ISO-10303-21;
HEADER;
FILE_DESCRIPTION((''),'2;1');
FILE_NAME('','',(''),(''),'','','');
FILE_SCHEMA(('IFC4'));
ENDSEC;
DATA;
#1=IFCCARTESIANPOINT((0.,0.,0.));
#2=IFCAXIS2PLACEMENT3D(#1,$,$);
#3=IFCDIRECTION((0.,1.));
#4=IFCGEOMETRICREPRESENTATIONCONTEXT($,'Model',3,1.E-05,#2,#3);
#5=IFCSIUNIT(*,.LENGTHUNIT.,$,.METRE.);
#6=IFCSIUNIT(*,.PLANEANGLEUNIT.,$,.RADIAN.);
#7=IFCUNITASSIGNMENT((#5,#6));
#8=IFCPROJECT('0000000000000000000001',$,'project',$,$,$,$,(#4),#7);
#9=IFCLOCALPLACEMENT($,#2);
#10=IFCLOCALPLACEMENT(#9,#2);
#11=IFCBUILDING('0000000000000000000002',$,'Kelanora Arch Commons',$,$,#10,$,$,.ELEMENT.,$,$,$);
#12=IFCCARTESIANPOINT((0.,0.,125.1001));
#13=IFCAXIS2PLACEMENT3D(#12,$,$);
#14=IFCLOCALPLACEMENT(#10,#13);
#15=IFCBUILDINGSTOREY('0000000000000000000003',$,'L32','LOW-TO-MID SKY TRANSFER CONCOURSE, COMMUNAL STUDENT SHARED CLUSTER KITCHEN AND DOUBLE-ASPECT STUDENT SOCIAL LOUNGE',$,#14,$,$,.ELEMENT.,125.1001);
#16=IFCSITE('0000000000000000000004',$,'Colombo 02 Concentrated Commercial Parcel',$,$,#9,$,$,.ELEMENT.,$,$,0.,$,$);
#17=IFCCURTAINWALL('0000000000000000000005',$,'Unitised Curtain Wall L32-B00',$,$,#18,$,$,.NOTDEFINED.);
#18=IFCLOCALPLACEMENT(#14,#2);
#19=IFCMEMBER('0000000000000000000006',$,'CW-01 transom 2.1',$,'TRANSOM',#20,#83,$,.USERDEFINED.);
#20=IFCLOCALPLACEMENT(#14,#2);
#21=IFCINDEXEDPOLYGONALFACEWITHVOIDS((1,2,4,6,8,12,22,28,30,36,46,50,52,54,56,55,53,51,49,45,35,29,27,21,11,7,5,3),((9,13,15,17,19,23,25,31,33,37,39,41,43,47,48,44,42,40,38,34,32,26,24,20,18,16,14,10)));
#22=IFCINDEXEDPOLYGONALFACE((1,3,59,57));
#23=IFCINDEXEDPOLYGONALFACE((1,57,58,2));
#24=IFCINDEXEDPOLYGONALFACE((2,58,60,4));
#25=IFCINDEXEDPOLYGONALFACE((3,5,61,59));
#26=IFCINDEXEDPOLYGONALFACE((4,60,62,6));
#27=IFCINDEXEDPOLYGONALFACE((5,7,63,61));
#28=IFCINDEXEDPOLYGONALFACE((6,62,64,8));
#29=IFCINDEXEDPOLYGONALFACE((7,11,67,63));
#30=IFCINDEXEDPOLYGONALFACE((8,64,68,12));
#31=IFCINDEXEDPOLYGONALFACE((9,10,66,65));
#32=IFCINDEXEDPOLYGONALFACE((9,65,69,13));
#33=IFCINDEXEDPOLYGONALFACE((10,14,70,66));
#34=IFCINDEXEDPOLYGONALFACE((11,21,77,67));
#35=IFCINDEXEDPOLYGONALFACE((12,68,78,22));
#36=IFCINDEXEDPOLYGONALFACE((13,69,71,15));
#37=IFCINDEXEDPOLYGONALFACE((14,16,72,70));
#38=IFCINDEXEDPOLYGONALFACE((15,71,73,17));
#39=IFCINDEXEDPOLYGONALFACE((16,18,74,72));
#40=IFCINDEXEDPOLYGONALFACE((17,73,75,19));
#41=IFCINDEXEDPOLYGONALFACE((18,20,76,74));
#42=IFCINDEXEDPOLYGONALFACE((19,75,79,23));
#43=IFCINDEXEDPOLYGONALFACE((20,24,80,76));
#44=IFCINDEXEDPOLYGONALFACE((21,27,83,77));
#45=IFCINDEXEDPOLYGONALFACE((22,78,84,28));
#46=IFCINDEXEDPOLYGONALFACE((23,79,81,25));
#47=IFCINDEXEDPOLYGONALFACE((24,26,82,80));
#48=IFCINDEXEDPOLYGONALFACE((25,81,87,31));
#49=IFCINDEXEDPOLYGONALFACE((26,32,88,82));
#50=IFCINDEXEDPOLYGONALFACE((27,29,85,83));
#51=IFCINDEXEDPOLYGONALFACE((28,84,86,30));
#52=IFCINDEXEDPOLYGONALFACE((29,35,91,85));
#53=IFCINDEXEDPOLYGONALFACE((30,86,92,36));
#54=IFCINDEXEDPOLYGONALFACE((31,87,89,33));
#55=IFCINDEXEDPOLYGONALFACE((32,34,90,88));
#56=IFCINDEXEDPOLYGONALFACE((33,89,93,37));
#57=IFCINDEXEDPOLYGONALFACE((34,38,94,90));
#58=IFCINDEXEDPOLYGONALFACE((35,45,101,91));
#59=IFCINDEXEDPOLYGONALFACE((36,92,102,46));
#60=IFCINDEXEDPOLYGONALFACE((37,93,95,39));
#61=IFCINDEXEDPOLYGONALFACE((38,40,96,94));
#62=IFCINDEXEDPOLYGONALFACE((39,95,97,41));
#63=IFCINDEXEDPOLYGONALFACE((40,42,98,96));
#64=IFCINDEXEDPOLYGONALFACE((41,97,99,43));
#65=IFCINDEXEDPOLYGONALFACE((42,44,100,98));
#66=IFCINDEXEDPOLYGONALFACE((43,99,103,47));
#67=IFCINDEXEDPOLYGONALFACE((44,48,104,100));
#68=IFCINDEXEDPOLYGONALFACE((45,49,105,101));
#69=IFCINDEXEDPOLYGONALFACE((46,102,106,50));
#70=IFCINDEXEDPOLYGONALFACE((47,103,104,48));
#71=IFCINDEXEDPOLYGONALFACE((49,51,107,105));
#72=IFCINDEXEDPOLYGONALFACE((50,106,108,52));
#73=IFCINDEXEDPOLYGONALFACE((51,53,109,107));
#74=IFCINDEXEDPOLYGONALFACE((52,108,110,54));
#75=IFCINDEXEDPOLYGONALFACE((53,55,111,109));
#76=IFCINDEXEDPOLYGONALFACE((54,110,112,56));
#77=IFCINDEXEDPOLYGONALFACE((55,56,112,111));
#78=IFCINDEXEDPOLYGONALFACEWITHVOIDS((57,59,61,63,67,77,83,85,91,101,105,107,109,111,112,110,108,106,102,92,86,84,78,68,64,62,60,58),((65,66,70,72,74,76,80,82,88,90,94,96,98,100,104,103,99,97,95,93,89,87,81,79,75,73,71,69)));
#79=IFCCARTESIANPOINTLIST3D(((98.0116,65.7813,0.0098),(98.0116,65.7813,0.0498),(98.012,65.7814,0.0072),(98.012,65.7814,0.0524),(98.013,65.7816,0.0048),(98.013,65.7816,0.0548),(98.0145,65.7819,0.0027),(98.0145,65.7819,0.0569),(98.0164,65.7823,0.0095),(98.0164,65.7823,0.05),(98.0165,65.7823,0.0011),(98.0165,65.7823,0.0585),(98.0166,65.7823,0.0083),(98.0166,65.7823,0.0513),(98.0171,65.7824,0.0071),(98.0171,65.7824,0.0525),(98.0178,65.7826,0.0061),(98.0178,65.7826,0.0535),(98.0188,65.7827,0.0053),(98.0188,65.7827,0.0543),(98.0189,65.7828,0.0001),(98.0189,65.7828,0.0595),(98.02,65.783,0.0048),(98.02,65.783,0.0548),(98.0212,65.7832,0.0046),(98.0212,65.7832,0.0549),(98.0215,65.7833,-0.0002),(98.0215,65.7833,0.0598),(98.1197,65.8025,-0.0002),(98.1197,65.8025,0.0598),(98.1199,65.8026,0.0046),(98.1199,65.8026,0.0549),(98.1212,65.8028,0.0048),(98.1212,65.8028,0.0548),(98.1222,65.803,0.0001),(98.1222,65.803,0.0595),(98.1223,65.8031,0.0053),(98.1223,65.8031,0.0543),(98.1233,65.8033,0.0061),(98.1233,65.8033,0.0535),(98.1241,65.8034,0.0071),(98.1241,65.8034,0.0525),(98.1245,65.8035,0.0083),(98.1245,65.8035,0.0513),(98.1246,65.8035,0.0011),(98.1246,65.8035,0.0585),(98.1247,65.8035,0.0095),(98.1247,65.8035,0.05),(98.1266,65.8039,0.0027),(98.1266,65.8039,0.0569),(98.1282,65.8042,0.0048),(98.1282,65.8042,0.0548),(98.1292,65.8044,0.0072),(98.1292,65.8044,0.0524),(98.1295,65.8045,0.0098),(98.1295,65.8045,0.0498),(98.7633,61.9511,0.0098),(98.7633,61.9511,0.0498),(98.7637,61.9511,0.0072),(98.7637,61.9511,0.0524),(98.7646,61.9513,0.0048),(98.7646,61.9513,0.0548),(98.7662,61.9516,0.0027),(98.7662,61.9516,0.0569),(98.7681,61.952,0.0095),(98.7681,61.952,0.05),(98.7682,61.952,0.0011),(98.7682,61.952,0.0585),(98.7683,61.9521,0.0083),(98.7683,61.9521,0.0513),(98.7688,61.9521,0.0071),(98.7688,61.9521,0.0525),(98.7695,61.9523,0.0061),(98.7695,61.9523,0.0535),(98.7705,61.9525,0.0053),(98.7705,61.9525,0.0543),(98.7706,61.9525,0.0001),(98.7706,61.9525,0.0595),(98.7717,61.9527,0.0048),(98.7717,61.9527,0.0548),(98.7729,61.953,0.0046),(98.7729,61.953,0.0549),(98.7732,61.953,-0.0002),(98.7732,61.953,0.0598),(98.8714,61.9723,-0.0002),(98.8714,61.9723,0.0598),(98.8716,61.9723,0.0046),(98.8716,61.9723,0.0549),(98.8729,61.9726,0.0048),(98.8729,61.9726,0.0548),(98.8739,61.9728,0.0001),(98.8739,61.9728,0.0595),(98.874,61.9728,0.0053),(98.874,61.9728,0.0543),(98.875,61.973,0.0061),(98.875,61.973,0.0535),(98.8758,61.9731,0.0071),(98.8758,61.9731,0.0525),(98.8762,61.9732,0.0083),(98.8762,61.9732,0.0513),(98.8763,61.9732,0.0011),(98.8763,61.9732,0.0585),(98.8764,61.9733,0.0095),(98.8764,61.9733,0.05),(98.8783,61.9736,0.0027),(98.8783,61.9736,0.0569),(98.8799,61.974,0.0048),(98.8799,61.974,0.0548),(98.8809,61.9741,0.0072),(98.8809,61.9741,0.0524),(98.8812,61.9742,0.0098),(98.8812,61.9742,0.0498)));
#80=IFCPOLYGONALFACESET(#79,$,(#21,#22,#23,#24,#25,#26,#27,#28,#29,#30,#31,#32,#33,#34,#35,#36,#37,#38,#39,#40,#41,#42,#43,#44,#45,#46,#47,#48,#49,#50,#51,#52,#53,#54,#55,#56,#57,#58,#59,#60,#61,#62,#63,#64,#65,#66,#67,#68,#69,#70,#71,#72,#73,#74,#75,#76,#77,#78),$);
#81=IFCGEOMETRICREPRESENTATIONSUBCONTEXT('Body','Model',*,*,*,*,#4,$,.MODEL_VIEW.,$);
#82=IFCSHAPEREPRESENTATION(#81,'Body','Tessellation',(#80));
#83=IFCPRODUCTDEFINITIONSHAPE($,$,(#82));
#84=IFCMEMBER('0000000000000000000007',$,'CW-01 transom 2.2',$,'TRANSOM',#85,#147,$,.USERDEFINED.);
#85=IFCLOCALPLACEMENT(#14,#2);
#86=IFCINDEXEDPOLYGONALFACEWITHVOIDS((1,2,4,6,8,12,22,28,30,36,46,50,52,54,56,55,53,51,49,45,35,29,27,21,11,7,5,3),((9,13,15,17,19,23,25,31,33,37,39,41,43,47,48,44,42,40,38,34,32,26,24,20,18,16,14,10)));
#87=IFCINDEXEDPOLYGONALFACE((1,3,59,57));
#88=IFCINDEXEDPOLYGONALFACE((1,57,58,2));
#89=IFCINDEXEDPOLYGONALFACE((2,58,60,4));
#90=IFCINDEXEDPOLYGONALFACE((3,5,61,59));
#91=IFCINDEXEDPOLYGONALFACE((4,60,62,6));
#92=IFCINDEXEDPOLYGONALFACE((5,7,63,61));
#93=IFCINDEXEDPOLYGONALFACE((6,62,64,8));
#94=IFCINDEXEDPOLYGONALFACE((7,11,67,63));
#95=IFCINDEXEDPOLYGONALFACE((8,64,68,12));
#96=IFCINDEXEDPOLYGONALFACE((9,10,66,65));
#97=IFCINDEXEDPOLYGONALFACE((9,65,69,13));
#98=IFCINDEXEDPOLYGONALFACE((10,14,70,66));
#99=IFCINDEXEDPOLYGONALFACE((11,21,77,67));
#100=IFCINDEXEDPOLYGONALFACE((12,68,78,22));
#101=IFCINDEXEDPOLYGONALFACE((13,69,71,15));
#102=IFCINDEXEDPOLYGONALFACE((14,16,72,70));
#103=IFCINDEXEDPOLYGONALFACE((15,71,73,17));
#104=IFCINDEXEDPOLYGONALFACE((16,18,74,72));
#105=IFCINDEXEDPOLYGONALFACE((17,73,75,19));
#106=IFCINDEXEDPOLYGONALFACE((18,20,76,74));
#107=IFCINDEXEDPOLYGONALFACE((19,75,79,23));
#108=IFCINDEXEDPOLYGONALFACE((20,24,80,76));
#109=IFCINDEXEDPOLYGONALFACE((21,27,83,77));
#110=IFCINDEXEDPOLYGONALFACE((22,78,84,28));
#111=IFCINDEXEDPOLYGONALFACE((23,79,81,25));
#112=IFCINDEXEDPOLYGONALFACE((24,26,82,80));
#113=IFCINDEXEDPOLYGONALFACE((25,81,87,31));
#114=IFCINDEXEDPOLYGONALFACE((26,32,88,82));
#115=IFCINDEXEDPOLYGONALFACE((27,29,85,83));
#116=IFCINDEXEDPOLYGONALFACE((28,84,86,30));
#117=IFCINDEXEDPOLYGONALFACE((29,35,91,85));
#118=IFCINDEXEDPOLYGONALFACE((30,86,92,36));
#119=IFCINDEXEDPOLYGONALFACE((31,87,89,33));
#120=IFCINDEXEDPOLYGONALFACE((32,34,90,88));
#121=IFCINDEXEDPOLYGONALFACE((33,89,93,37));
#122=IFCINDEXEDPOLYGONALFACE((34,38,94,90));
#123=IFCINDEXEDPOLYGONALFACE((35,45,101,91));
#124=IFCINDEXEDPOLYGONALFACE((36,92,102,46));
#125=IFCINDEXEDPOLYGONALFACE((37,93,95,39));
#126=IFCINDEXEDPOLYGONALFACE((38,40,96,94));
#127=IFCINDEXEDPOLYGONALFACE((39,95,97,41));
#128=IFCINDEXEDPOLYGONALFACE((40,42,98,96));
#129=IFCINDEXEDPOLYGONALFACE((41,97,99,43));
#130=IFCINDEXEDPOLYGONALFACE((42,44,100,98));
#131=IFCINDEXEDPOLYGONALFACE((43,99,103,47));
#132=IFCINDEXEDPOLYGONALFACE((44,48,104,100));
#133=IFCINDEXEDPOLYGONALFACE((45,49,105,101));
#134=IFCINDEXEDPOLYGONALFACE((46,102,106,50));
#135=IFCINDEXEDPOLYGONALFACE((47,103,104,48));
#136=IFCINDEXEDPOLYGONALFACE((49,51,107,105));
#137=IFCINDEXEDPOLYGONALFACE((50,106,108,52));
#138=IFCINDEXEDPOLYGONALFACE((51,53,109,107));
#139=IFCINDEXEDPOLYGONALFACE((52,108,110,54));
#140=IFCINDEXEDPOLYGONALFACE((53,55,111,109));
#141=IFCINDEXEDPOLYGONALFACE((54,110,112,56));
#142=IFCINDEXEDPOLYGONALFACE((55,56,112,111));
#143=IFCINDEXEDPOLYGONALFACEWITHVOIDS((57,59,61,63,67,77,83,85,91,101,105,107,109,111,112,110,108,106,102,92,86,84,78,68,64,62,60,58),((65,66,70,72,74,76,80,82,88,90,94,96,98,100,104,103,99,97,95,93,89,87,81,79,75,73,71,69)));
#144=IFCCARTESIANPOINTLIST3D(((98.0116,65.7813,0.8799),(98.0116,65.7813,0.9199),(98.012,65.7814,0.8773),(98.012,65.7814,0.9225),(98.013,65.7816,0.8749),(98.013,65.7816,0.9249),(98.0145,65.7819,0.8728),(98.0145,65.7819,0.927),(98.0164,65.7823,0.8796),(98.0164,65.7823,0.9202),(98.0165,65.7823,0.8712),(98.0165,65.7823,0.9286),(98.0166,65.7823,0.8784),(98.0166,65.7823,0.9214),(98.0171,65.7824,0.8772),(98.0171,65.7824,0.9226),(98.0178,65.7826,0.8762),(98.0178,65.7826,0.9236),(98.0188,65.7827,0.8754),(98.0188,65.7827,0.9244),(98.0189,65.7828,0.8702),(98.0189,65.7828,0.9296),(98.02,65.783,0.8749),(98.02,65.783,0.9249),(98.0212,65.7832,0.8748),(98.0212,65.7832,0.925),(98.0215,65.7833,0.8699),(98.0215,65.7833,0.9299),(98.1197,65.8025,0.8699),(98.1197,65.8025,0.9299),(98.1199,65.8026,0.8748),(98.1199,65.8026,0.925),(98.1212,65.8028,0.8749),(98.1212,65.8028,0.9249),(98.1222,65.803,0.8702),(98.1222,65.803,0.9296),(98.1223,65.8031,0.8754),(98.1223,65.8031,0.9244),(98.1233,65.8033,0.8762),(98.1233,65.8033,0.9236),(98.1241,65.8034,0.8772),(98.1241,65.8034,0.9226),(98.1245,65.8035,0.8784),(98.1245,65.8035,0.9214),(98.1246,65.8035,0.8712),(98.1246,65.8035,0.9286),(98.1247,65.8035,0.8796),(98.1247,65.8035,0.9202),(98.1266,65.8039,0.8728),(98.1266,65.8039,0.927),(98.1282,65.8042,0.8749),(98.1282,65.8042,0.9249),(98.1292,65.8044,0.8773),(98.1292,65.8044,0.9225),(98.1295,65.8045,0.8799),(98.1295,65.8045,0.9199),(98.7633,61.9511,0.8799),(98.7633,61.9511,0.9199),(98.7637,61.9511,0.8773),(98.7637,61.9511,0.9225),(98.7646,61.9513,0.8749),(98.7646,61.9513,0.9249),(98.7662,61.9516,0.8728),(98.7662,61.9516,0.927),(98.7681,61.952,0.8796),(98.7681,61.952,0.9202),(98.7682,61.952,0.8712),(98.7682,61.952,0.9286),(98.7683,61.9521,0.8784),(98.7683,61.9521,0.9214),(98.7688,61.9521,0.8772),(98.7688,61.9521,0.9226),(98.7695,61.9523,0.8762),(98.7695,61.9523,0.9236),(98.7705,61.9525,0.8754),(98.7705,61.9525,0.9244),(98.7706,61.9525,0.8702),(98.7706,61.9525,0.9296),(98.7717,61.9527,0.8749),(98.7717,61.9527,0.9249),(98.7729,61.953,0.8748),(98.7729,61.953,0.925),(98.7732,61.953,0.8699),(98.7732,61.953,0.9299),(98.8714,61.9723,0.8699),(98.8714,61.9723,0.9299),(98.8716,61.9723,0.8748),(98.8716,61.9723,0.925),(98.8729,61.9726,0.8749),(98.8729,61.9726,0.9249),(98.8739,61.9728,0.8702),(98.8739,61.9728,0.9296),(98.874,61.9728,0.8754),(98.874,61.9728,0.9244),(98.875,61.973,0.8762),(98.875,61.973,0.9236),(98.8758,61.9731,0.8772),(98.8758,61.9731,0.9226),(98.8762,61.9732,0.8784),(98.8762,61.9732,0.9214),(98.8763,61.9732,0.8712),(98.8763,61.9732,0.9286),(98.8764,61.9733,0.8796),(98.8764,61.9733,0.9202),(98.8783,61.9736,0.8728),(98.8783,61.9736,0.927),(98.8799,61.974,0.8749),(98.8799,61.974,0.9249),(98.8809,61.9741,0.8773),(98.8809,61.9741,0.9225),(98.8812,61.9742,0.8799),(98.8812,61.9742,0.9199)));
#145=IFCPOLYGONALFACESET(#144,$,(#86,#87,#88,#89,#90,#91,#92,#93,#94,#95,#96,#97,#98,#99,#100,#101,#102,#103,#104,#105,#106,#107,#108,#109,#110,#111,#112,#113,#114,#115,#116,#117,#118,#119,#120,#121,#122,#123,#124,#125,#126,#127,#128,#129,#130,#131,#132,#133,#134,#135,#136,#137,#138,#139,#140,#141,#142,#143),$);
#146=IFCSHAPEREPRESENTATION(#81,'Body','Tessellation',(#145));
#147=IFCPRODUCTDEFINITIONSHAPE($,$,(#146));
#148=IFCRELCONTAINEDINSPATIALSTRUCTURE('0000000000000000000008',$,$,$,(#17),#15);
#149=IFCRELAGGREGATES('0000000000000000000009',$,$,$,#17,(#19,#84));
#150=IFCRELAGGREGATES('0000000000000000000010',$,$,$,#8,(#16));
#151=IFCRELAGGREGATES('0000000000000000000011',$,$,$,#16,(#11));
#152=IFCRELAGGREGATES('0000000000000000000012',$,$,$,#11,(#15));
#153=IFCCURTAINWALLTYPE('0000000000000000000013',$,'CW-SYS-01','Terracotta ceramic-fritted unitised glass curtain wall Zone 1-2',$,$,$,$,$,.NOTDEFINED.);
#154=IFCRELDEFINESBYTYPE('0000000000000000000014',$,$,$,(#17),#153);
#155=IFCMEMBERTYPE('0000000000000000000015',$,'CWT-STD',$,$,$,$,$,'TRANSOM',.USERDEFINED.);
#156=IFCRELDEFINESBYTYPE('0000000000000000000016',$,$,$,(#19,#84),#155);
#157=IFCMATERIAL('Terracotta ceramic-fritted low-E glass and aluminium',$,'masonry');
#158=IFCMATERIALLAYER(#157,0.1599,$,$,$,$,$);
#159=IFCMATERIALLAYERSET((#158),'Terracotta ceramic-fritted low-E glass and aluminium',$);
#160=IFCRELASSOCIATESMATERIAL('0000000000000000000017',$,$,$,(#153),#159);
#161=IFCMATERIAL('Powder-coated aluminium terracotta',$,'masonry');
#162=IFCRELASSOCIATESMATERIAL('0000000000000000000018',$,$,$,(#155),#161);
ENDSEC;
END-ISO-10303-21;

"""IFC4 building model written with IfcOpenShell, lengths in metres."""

from ifc_helpers import new_model, si_unit, direction, frame, origin, origin_2d, place, context, subcontext, project, spatial, hollow_rectangle, extrude, material, layer, layer_set, material_profile, profile_set, type_object, element, aggregate, save


model = new_model("IFC4")

# Units and contexts
model_context = context("Model", 3, precision=1e-05, world=origin(), true_north=direction((0.0, 1.0)))
body_context = subcontext(model_context, "Body", "Model", "MODEL_VIEW")
ifc_project = project(units=[si_unit("LENGTHUNIT", "METRE"), si_unit("PLANEANGLEUNIT", "RADIAN")], contexts=[model_context])

# Site, building, storey
site_placement = place(None, origin())
site = spatial("IfcSite", under=ifc_project, at=site_placement, Name="Colombo 02 Concentrated Commercial Parcel", CompositionType="ELEMENT", RefElevation=0.0)
building_placement = place(site_placement, origin())
building = spatial("IfcBuilding", under=site, at=building_placement, Name="Kelanora Arch Commons", CompositionType="ELEMENT")
storey_placement = place(building_placement, frame((0.0, 0.0, 125.1001)))
storey = spatial("IfcBuildingStorey", under=building, at=storey_placement, Name="L32", Description="LOW-TO-MID SKY TRANSFER CONCOURSE, COMMUNAL STUDENT SHARED CLUSTER KITCHEN AND DOUBLE-ASPECT STUDENT SOCIAL LOUNGE", CompositionType="ELEMENT", Elevation=125.1001)

# Curtain wall, members
ifc_material_1 = material(Name="Terracotta ceramic-fritted low-E glass and aluminium", Category="masonry")
ifc_layer_1 = layer(ifc_material_1, 0.1599)
ifc_layer_set_1 = layer_set([ifc_layer_1], Name="Terracotta ceramic-fritted low-E glass and aluminium")
curtain_wall_type = type_object("IfcCurtainWallType", Name="CW-SYS-01", Description="Terracotta ceramic-fritted unitised glass curtain wall Zone 1-2", PredefinedType="NOTDEFINED", material=ifc_layer_set_1)
curtain_wall_placement = place(storey_placement, origin())
curtain_wall = element("IfcCurtainWall", 1, at=curtain_wall_placement, inside=storey, type_object=curtain_wall_type, Name="Unitised Curtain Wall L32-B00", PredefinedType="NOTDEFINED")
ifc_material_2 = material(Name="Powder-coated aluminium terracotta", Category="masonry")
ifc_material_profile_1 = material_profile(ifc_material_2, hollow_rectangle(XDim=0.1201, YDim=0.0601, WallThickness=0.0049, InnerFilletRadius=0.0049, OuterFilletRadius=0.01, at=origin_2d()), Name="CWT120x60")
ifc_profile_set_1 = profile_set([ifc_material_profile_1], Name="Powder-coated aluminium terracotta")
member_type_1 = type_object("IfcMemberType", Name="CWT-STD", ElementType="TRANSOM", PredefinedType="USERDEFINED", material=ifc_profile_set_1)
member_1_placement = place(storey_placement, frame((98.8223, 61.9626, 0.0298), z_axis=(-0.192579, 0.981282, 0.0), x_axis=(-0.981282, -0.192579, 0.0)))
member_1 = element("IfcMember", 2, at=member_1_placement, type_object=member_type_1, Name="CW-01 transom 2.1", ObjectType="TRANSOM", PredefinedType="USERDEFINED", context=body_context, shape_type="SweptSolid", body=[
    extrude(hollow_rectangle(XDim=0.1201, YDim=0.0601, WallThickness=0.0049, InnerFilletRadius=0.0049, OuterFilletRadius=0.01, at=origin_2d()), origin(), (0.0, 0.0, 1.0), 3.9033),
])
member_2_placement = place(storey_placement, frame((98.8223, 61.9626, 0.8999), z_axis=(-0.192579, 0.981282, 0.0), x_axis=(-0.981282, -0.192579, 0.0)))
member_2 = element("IfcMember", 3, at=member_2_placement, type_object=member_type_1, Name="CW-01 transom 2.2", ObjectType="TRANSOM", PredefinedType="USERDEFINED", context=body_context, shape_type="SweptSolid", body=[
    extrude(hollow_rectangle(XDim=0.1201, YDim=0.0601, WallThickness=0.0049, InnerFilletRadius=0.0049, OuterFilletRadius=0.01, at=origin_2d()), origin(), (0.0, 0.0, 1.0), 3.9033),
])
aggregate(curtain_wall, [member_1, member_2])

save(model, "model.ifc")
